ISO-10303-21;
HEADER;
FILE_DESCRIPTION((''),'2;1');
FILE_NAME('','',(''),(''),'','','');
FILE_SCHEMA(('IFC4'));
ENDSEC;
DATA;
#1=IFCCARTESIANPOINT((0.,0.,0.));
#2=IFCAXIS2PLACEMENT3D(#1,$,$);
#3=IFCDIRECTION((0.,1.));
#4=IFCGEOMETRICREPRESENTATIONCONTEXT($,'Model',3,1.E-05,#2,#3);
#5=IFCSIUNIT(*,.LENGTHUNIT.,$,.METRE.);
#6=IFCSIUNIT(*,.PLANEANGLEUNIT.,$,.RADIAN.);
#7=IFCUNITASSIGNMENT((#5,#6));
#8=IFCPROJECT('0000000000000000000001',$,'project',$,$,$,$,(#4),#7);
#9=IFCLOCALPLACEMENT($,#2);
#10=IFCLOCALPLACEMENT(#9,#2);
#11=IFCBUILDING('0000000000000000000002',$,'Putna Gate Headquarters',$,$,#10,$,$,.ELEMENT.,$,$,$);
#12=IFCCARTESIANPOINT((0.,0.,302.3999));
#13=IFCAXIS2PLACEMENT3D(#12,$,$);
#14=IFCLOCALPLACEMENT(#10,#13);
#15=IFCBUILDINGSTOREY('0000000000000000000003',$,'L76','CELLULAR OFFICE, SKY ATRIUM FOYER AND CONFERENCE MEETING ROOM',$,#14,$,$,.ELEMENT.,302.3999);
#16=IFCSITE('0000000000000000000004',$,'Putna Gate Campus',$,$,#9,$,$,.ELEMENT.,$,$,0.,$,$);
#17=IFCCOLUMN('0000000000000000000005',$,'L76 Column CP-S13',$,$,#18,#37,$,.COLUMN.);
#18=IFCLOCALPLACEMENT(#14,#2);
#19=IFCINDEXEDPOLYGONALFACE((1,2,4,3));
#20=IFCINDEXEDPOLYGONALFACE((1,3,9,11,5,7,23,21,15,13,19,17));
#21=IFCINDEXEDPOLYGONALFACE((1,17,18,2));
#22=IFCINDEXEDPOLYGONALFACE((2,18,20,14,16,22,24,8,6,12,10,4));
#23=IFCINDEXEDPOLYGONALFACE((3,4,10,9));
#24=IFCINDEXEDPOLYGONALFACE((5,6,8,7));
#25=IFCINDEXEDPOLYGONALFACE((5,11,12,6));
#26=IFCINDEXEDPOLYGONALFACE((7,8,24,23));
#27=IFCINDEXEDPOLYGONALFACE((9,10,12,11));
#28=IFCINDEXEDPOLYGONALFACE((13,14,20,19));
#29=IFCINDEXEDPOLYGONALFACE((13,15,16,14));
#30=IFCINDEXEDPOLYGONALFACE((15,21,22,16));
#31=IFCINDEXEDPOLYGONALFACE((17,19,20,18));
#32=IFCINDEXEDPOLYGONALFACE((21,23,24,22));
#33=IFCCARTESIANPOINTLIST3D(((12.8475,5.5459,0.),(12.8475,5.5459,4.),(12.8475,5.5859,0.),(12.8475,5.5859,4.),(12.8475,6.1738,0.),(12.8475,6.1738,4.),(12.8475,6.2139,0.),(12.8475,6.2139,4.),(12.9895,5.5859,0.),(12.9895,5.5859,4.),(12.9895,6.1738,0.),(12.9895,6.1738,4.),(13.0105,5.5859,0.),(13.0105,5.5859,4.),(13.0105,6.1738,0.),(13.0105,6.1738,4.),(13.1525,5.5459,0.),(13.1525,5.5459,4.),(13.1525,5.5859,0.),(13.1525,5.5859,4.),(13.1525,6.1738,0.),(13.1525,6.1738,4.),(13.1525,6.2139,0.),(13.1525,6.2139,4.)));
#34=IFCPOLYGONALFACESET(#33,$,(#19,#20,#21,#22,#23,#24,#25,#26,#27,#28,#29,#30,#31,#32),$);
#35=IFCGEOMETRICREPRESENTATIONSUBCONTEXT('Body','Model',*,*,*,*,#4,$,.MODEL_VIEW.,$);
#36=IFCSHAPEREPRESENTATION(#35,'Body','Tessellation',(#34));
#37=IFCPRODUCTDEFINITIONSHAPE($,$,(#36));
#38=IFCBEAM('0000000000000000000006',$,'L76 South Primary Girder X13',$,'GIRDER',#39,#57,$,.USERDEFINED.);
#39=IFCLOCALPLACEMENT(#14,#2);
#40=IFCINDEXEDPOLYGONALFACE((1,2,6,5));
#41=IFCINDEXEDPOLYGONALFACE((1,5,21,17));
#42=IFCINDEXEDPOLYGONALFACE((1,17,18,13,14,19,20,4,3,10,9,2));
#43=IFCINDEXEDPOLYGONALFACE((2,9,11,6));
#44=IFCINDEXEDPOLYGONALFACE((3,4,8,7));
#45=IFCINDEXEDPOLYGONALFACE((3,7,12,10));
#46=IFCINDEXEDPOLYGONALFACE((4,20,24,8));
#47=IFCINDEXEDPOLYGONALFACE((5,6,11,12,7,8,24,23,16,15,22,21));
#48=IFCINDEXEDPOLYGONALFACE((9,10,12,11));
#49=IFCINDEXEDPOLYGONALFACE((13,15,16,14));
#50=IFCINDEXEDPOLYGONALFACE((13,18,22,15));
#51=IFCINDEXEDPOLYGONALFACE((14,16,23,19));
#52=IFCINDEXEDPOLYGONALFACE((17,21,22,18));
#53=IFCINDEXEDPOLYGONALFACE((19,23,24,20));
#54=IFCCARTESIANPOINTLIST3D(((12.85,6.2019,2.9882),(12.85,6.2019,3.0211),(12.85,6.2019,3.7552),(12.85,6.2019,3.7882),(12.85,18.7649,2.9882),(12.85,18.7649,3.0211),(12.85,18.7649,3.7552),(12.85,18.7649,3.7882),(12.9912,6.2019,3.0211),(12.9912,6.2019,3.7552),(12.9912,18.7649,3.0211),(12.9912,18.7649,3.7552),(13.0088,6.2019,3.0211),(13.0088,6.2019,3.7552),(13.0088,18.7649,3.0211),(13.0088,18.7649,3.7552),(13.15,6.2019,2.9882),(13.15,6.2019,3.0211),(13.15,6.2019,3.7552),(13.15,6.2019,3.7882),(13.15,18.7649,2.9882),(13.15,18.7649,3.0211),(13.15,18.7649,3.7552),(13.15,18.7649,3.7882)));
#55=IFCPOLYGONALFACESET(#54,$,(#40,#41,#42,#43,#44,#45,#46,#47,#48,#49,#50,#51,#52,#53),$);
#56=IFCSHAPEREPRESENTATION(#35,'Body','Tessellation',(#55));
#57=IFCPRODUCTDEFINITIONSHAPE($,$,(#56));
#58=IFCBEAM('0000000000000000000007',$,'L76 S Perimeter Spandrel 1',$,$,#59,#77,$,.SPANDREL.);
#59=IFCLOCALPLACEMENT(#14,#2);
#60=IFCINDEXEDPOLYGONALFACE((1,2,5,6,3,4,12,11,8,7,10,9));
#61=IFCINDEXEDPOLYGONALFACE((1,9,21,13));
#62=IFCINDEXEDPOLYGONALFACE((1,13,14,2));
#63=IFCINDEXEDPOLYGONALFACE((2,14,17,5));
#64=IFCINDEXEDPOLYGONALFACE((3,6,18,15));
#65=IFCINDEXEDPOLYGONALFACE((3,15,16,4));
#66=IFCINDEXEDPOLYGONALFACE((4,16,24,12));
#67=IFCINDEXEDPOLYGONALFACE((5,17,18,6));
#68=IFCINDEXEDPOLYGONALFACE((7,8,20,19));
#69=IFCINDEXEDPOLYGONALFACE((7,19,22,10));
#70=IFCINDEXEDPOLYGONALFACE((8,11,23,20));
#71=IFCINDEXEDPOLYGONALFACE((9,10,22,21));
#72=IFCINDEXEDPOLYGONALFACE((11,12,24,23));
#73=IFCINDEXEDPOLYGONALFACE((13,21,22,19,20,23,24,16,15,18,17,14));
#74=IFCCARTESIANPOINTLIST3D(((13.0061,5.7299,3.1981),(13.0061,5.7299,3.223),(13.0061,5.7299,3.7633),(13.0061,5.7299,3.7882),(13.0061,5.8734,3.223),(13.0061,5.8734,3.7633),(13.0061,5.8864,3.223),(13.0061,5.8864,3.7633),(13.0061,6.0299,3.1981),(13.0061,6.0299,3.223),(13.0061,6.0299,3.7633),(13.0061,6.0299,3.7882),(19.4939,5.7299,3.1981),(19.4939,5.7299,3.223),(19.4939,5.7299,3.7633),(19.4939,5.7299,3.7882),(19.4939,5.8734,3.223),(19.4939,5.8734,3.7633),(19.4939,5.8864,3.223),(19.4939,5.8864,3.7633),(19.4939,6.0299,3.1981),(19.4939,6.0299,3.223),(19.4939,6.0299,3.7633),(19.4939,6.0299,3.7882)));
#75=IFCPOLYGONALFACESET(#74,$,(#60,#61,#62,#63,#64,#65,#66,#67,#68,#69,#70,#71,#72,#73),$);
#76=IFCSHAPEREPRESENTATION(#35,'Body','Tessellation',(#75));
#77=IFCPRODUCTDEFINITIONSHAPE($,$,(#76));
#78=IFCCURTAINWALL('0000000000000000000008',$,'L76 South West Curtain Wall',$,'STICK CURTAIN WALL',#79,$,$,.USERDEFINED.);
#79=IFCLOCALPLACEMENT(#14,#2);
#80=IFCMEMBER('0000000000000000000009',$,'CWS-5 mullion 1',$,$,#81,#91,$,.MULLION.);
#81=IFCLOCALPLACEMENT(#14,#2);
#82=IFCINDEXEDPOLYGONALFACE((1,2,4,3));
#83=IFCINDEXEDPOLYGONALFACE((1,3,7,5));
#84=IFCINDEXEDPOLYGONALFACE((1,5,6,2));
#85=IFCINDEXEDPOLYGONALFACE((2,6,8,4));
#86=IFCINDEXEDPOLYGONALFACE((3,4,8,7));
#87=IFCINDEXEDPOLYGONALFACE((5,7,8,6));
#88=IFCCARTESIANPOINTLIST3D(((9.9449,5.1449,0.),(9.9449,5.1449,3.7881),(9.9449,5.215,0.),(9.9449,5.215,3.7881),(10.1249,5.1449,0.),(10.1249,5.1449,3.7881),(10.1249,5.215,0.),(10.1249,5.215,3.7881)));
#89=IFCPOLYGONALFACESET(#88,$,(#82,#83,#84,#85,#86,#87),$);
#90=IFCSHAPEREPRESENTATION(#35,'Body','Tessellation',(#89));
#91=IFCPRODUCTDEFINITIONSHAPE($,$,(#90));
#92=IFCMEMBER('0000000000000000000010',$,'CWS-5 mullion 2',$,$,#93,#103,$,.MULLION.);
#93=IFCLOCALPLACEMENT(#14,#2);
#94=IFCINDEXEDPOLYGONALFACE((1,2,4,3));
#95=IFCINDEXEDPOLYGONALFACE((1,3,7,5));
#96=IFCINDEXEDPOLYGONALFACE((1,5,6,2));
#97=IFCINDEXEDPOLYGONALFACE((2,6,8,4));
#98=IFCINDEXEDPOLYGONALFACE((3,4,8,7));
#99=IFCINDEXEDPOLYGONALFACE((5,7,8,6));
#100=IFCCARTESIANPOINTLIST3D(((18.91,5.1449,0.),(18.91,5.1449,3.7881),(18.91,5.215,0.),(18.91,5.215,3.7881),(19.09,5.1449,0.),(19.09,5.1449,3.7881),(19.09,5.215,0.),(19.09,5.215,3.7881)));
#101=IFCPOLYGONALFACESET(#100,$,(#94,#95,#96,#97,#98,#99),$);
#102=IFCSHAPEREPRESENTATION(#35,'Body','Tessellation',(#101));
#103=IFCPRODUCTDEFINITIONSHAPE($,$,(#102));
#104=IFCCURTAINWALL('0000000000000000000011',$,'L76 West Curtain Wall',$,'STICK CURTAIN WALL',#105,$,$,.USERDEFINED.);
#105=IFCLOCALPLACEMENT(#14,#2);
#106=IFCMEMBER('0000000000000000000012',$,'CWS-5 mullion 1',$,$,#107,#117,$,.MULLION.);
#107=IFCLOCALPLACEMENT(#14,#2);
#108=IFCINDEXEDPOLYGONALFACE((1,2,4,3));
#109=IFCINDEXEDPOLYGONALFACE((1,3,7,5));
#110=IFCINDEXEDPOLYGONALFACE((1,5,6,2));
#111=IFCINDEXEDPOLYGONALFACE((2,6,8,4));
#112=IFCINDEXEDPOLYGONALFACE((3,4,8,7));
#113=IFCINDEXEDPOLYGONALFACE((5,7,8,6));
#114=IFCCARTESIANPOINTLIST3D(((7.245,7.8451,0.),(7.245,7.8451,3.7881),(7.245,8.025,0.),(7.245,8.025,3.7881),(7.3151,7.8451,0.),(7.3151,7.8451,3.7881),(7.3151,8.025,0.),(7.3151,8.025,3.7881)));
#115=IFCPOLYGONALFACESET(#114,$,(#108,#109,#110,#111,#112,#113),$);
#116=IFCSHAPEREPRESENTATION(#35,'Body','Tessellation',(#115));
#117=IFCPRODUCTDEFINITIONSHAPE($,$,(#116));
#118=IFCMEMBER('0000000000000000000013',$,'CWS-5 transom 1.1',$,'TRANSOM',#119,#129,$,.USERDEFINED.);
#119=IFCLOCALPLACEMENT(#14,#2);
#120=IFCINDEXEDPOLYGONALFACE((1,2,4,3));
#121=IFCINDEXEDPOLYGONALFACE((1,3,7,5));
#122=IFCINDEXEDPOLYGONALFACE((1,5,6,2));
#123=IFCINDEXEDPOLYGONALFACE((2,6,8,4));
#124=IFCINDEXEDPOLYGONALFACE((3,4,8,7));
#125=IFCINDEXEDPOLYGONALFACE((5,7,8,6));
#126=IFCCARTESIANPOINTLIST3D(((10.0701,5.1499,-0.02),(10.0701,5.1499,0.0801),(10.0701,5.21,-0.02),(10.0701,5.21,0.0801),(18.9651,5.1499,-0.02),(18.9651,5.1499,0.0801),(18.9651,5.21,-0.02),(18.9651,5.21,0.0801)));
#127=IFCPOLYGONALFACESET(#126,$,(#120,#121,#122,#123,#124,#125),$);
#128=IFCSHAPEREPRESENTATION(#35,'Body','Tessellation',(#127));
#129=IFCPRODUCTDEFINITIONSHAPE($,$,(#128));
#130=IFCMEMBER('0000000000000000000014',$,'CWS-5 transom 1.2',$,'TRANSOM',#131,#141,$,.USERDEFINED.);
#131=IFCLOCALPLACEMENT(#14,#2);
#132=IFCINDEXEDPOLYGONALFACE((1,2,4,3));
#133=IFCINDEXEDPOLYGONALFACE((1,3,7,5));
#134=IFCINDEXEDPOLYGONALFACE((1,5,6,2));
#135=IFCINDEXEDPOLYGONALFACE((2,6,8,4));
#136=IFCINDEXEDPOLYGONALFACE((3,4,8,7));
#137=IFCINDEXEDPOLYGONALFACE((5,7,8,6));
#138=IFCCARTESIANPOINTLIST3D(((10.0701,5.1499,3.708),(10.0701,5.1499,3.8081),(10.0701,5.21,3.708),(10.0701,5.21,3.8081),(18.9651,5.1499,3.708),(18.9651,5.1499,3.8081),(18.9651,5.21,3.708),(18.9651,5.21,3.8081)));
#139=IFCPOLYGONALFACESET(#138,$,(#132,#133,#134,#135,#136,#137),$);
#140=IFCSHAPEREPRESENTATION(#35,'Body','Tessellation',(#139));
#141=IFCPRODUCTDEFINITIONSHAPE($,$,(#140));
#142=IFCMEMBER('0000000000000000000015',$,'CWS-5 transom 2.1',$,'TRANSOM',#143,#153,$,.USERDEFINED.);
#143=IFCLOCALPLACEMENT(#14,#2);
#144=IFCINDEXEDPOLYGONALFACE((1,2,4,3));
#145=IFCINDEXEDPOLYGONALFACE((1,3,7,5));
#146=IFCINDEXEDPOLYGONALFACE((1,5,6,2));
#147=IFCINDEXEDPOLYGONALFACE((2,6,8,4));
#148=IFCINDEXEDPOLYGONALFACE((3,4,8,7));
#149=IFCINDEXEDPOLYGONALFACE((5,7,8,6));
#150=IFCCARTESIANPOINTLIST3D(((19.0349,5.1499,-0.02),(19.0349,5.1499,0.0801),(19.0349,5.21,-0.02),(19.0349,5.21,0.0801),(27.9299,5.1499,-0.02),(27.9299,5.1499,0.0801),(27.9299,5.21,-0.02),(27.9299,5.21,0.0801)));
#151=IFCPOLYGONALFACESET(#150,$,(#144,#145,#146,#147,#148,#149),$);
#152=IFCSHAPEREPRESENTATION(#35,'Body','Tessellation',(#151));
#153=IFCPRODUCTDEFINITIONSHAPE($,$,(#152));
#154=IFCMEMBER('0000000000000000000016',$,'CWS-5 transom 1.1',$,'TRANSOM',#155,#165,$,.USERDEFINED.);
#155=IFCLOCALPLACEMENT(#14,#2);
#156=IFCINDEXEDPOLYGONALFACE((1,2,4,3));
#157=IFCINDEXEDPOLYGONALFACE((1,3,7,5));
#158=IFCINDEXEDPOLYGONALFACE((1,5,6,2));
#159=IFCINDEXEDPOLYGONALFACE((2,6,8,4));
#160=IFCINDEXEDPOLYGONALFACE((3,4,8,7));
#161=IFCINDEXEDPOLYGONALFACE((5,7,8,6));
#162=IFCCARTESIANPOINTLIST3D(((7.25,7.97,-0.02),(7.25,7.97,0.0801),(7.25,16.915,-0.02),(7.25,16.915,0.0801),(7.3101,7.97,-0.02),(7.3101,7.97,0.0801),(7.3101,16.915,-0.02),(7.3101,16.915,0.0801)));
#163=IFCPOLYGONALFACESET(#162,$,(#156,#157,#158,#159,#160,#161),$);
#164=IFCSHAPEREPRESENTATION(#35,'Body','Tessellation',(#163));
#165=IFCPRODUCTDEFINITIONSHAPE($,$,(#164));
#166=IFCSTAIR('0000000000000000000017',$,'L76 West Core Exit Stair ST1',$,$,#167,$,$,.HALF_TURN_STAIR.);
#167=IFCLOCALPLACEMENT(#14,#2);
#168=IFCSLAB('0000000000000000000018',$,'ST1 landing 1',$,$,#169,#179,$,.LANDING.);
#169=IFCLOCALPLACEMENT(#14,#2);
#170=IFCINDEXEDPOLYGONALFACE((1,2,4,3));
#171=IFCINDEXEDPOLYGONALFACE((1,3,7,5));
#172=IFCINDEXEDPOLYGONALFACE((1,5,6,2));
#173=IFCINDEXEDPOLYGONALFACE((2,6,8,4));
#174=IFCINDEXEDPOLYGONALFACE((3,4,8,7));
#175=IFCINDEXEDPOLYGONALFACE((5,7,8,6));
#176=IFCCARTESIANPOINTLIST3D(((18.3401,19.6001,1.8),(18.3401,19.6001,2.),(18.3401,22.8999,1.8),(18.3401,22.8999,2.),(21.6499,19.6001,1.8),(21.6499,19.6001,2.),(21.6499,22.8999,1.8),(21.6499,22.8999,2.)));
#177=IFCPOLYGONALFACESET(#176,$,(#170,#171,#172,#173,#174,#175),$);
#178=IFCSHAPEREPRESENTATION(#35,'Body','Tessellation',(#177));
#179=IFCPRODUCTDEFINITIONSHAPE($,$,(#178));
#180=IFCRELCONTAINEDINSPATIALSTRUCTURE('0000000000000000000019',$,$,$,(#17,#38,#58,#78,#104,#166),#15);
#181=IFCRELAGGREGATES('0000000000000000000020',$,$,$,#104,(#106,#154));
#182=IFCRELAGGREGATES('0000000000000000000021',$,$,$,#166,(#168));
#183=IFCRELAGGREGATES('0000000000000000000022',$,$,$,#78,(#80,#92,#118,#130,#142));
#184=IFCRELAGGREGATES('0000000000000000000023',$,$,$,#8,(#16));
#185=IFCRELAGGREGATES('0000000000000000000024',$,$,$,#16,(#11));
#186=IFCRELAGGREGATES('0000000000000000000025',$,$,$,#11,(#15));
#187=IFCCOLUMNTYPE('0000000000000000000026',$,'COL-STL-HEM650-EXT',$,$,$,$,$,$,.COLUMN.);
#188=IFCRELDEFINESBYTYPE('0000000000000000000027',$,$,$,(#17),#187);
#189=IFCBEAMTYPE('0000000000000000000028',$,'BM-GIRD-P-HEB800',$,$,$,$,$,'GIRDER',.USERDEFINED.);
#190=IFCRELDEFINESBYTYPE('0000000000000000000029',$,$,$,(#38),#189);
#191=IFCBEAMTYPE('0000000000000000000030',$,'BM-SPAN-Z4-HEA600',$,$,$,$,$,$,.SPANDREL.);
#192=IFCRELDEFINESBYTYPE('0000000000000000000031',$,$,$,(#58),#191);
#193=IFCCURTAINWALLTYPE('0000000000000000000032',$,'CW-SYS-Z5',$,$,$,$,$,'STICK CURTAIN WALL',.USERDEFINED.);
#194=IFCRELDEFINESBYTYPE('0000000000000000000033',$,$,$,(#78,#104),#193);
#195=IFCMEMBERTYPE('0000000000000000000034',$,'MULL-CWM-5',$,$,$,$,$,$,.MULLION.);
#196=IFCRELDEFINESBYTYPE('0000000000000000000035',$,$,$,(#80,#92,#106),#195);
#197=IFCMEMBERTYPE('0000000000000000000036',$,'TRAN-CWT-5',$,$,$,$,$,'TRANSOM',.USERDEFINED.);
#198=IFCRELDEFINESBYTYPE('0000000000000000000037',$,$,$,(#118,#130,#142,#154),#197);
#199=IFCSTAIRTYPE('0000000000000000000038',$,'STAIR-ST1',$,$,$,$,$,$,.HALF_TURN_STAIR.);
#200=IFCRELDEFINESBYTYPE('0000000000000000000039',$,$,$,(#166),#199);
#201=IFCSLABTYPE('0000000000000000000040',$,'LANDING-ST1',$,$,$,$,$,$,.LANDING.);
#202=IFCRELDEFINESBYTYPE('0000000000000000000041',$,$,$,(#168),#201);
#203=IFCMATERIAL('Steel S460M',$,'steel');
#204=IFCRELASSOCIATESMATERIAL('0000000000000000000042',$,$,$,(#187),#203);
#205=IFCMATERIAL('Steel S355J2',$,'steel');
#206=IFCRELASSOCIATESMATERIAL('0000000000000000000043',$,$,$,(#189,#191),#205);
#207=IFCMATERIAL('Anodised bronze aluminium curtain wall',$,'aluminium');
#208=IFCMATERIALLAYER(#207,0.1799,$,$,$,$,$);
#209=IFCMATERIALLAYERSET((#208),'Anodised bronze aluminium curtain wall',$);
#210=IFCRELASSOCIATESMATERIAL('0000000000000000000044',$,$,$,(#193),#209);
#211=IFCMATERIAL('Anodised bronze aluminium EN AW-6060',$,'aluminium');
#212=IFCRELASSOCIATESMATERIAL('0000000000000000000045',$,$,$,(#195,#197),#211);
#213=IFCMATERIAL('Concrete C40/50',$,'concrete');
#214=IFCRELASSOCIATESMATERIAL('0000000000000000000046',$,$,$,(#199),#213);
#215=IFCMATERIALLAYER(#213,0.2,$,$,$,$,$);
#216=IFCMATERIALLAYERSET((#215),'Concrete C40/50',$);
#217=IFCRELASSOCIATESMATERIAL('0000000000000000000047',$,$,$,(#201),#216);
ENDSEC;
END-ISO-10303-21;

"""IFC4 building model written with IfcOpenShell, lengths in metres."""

from ifc_helpers import new_model, si_unit, direction, frame, origin, origin_2d, place, context, subcontext, project, spatial, polyline, rectangle, i_section, outline, extrude, material, layer, layer_set, material_profile, profile_set, type_object, element, aggregate, save


model = new_model("IFC4")

# Units and contexts
model_context = context("Model", 3, precision=1e-05, world=origin(), true_north=direction((0.0, 1.0)))
body_context = subcontext(model_context, "Body", "Model", "MODEL_VIEW")
ifc_project = project(units=[si_unit("LENGTHUNIT", "METRE"), si_unit("PLANEANGLEUNIT", "RADIAN")], contexts=[model_context])

# Site, building, storey
site_placement = place(None, origin())
site = spatial("IfcSite", under=ifc_project, at=site_placement, Name="Putna Gate Campus", CompositionType="ELEMENT", RefElevation=0.0)
building_placement = place(site_placement, origin())
building = spatial("IfcBuilding", under=site, at=building_placement, Name="Putna Gate Headquarters", CompositionType="ELEMENT")
storey_placement = place(building_placement, frame((0.0, 0.0, 302.3999)))
storey = spatial("IfcBuildingStorey", under=building, at=storey_placement, Name="L76", Description="CELLULAR OFFICE, SKY ATRIUM FOYER AND CONFERENCE MEETING ROOM", CompositionType="ELEMENT", Elevation=302.3999)

# Column
ifc_material_1 = material(Name="Steel S460M", Category="steel")
ifc_material_profile_1 = material_profile(ifc_material_1, i_section(OverallWidth=0.3049, OverallDepth=0.668, WebThickness=0.021, FlangeThickness=0.04, at=origin_2d()), Name="Steel S460M")
ifc_profile_set_1 = profile_set([ifc_material_profile_1], Name="Steel S460M")
column_type = type_object("IfcColumnType", Name="COL-STL-HEM650-EXT", PredefinedType="COLUMN", material=ifc_profile_set_1)
column_placement = place(storey_placement, frame((13.0, 5.8799, 0.0), z_axis=(0.0, 0.0, 1.0), x_axis=(1.0, 0.0, 0.0)))
element("IfcColumn", 1, at=column_placement, inside=storey, type_object=column_type, Name="L76 Column CP-S13", PredefinedType="COLUMN", context=body_context, shape_type="SweptSolid", body=[
    extrude(i_section(OverallWidth=0.3049, OverallDepth=0.668, WebThickness=0.021, FlangeThickness=0.04, at=origin_2d()), origin(), (0.0, 0.0, 1.0), 4.0),
])

# Beams
ifc_material_2 = material(Name="Steel S355J2", Category="steel")
ifc_material_profile_2 = material_profile(ifc_material_2, i_section(OverallWidth=0.3, OverallDepth=0.8, WebThickness=0.0176, FlangeThickness=0.033, at=origin_2d()), Name="Steel S355J2")
ifc_profile_set_2 = profile_set([ifc_material_profile_2], Name="Steel S355J2")
beam_type_1 = type_object("IfcBeamType", Name="BM-GIRD-P-HEB800", ElementType="GIRDER", PredefinedType="USERDEFINED", material=ifc_profile_set_2)
beam_1_placement = place(storey_placement, frame((13.0, 6.2019, 3.3882), z_axis=(0.0, 1.0, 0.0), x_axis=(-1.0, 0.0, 0.0)))
element("IfcBeam", 2, at=beam_1_placement, inside=storey, type_object=beam_type_1, Name="L76 South Primary Girder X13", ObjectType="GIRDER", PredefinedType="USERDEFINED", context=body_context, shape_type="SweptSolid", body=[
    extrude(i_section(OverallWidth=0.3, OverallDepth=0.8, WebThickness=0.0176, FlangeThickness=0.033, at=origin_2d()), origin(), (0.0, 0.0, 1.0), 12.563),
])
ifc_material_profile_3 = material_profile(ifc_material_2, i_section(OverallWidth=0.3, OverallDepth=0.5901, WebThickness=0.0129, FlangeThickness=0.0249, at=origin_2d()), Name="Steel S355J2")
ifc_profile_set_3 = profile_set([ifc_material_profile_3], Name="Steel S355J2")
beam_type_2 = type_object("IfcBeamType", Name="BM-SPAN-Z4-HEA600", PredefinedType="SPANDREL", material=ifc_profile_set_3)
beam_2_placement = place(storey_placement, frame((13.0061, 5.8799, 3.4932), z_axis=(1.0, 0.0, 0.0), x_axis=(0.0, 1.0, 0.0)))
element("IfcBeam", 3, at=beam_2_placement, inside=storey, type_object=beam_type_2, Name="L76 S Perimeter Spandrel 1", PredefinedType="SPANDREL", context=body_context, shape_type="SweptSolid", body=[
    extrude(i_section(OverallWidth=0.3, OverallDepth=0.5901, WebThickness=0.0129, FlangeThickness=0.0249, at=origin_2d()), origin(), (0.0, 0.0, 1.0), 6.4878),
])

# Curtain wall, members
ifc_material_3 = material(Name="Anodised bronze aluminium curtain wall", Category="aluminium")
ifc_layer_1 = layer(ifc_material_3, 0.1799)
ifc_layer_set_1 = layer_set([ifc_layer_1], Name="Anodised bronze aluminium curtain wall")
curtain_wall_type = type_object("IfcCurtainWallType", Name="CW-SYS-Z5", ElementType="STICK CURTAIN WALL", PredefinedType="USERDEFINED", material=ifc_layer_set_1)
curtain_wall_1_placement = place(storey_placement, origin())
curtain_wall_1 = element("IfcCurtainWall", 4, at=curtain_wall_1_placement, inside=storey, type_object=curtain_wall_type, Name="L76 South West Curtain Wall", ObjectType="STICK CURTAIN WALL", PredefinedType="USERDEFINED")
ifc_material_4 = material(Name="Anodised bronze aluminium EN AW-6060", Category="aluminium")
ifc_material_profile_4 = material_profile(ifc_material_4, rectangle(XDim=0.0701, YDim=0.1799, at=origin_2d()), Name="Anodised bronze aluminium EN AW-6060")
ifc_profile_set_4 = profile_set([ifc_material_profile_4], Name="Anodised bronze aluminium EN AW-6060")
member_type_1 = type_object("IfcMemberType", Name="MULL-CWM-5", PredefinedType="MULLION", material=ifc_profile_set_4)
member_1_placement = place(storey_placement, frame((10.0349, 5.1799, 0.0), z_axis=(0.0, 0.0, 1.0), x_axis=(0.0, 1.0, 0.0)))
member_1 = element("IfcMember", 5, at=member_1_placement, type_object=member_type_1, Name="CWS-5 mullion 1", PredefinedType="MULLION", context=body_context, shape_type="SweptSolid", body=[
    extrude(rectangle(XDim=0.0701, YDim=0.1799, at=origin_2d()), origin(), (0.0, 0.0, 1.0), 3.7881),
])
member_2_placement = place(storey_placement, frame((19.0, 5.1799, 0.0), z_axis=(0.0, 0.0, 1.0), x_axis=(0.0, 1.0, 0.0)))
member_2 = element("IfcMember", 6, at=member_2_placement, type_object=member_type_1, Name="CWS-5 mullion 2", PredefinedType="MULLION", context=body_context, shape_type="SweptSolid", body=[
    extrude(rectangle(XDim=0.0701, YDim=0.1799, at=origin_2d()), origin(), (0.0, 0.0, 1.0), 3.7881),
])

# Curtain wall, member
curtain_wall_2_placement = place(storey_placement, origin())
curtain_wall_2 = element("IfcCurtainWall", 7, at=curtain_wall_2_placement, inside=storey, type_object=curtain_wall_type, Name="L76 West Curtain Wall", ObjectType="STICK CURTAIN WALL", PredefinedType="USERDEFINED")
member_3_placement = place(storey_placement, frame((7.28, 7.9351, 0.0), z_axis=(0.0, 0.0, 1.0), x_axis=(-1.0, 0.0, 0.0)))
member_3 = element("IfcMember", 8, at=member_3_placement, type_object=member_type_1, Name="CWS-5 mullion 1", PredefinedType="MULLION", context=body_context, shape_type="SweptSolid", body=[
    extrude(rectangle(XDim=0.0701, YDim=0.1799, at=origin_2d()), origin(), (0.0, 0.0, 1.0), 3.7881),
])

# Members
ifc_material_profile_5 = material_profile(ifc_material_4, rectangle(XDim=0.0601, YDim=0.1001, at=origin_2d()), Name="Anodised bronze aluminium EN AW-6060")
ifc_profile_set_5 = profile_set([ifc_material_profile_5], Name="Anodised bronze aluminium EN AW-6060")
member_type_2 = type_object("IfcMemberType", Name="TRAN-CWT-5", ElementType="TRANSOM", PredefinedType="USERDEFINED", material=ifc_profile_set_5)
member_4_placement = place(storey_placement, frame((10.0701, 5.1799, 0.03), z_axis=(1.0, 0.0, 0.0), x_axis=(0.0, 1.0, 0.0)))
member_4 = element("IfcMember", 9, at=member_4_placement, type_object=member_type_2, Name="CWS-5 transom 1.1", ObjectType="TRANSOM", PredefinedType="USERDEFINED", context=body_context, shape_type="SweptSolid", body=[
    extrude(rectangle(XDim=0.0601, YDim=0.1001, at=origin_2d()), origin(), (0.0, 0.0, 1.0), 8.895),
])
member_5_placement = place(storey_placement, frame((10.0701, 5.1799, 3.7581), z_axis=(1.0, 0.0, 0.0), x_axis=(0.0, 1.0, 0.0)))
member_5 = element("IfcMember", 10, at=member_5_placement, type_object=member_type_2, Name="CWS-5 transom 1.2", ObjectType="TRANSOM", PredefinedType="USERDEFINED", context=body_context, shape_type="SweptSolid", body=[
    extrude(rectangle(XDim=0.0601, YDim=0.1001, at=origin_2d()), origin(), (0.0, 0.0, 1.0), 8.895),
])
member_6_placement = place(storey_placement, frame((19.0349, 5.1799, 0.03), z_axis=(1.0, 0.0, 0.0), x_axis=(0.0, 1.0, 0.0)))
member_6 = element("IfcMember", 11, at=member_6_placement, type_object=member_type_2, Name="CWS-5 transom 2.1", ObjectType="TRANSOM", PredefinedType="USERDEFINED", context=body_context, shape_type="SweptSolid", body=[
    extrude(rectangle(XDim=0.0601, YDim=0.1001, at=origin_2d()), origin(), (0.0, 0.0, 1.0), 8.895),
])
member_7_placement = place(storey_placement, frame((7.28, 7.97, 0.03), z_axis=(0.0, 1.0, 0.0), x_axis=(-1.0, 0.0, 0.0)))
member_7 = element("IfcMember", 12, at=member_7_placement, type_object=member_type_2, Name="CWS-5 transom 1.1", ObjectType="TRANSOM", PredefinedType="USERDEFINED", context=body_context, shape_type="SweptSolid", body=[
    extrude(rectangle(XDim=0.0601, YDim=0.1001, at=origin_2d()), origin(), (0.0, 0.0, 1.0), 8.9451),
])
aggregate(curtain_wall_2, [member_3, member_7])

# Stair, slab
ifc_material_5 = material(Name="Concrete C40/50", Category="concrete")
stair_type_1 = type_object("IfcStairType", Name="STAIR-ST1", PredefinedType="HALF_TURN_STAIR", material=ifc_material_5)
stair_1_placement = place(storey_placement, origin())
stair_1 = element("IfcStair", 13, at=stair_1_placement, inside=storey, type_object=stair_type_1, Name="L76 West Core Exit Stair ST1", PredefinedType="HALF_TURN_STAIR")
ifc_layer_2 = layer(ifc_material_5, 0.2)
ifc_layer_set_2 = layer_set([ifc_layer_2], Name="Concrete C40/50")
slab_type_1 = type_object("IfcSlabType", Name="LANDING-ST1", PredefinedType="LANDING", material=ifc_layer_set_2)
slab_1_placement = place(storey_placement, frame((0.0, 0.0, 1.8)))
slab_1 = element("IfcSlab", 14, at=slab_1_placement, type_object=slab_type_1, Name="ST1 landing 1", PredefinedType="LANDING", context=body_context, shape_type="SweptSolid", body=[
    extrude(outline(polyline([(18.3401, 19.6001), (21.6499, 19.6001), (21.6499, 22.8999), (18.3401, 22.8999), (18.3401, 19.6001)])), origin(), (0.0, 0.0, 1.0), 0.2),
])
aggregate(stair_1, [slab_1])

aggregate(curtain_wall_1, [member_1, member_2, member_4, member_5, member_6])

save(model, "model.ifc")
